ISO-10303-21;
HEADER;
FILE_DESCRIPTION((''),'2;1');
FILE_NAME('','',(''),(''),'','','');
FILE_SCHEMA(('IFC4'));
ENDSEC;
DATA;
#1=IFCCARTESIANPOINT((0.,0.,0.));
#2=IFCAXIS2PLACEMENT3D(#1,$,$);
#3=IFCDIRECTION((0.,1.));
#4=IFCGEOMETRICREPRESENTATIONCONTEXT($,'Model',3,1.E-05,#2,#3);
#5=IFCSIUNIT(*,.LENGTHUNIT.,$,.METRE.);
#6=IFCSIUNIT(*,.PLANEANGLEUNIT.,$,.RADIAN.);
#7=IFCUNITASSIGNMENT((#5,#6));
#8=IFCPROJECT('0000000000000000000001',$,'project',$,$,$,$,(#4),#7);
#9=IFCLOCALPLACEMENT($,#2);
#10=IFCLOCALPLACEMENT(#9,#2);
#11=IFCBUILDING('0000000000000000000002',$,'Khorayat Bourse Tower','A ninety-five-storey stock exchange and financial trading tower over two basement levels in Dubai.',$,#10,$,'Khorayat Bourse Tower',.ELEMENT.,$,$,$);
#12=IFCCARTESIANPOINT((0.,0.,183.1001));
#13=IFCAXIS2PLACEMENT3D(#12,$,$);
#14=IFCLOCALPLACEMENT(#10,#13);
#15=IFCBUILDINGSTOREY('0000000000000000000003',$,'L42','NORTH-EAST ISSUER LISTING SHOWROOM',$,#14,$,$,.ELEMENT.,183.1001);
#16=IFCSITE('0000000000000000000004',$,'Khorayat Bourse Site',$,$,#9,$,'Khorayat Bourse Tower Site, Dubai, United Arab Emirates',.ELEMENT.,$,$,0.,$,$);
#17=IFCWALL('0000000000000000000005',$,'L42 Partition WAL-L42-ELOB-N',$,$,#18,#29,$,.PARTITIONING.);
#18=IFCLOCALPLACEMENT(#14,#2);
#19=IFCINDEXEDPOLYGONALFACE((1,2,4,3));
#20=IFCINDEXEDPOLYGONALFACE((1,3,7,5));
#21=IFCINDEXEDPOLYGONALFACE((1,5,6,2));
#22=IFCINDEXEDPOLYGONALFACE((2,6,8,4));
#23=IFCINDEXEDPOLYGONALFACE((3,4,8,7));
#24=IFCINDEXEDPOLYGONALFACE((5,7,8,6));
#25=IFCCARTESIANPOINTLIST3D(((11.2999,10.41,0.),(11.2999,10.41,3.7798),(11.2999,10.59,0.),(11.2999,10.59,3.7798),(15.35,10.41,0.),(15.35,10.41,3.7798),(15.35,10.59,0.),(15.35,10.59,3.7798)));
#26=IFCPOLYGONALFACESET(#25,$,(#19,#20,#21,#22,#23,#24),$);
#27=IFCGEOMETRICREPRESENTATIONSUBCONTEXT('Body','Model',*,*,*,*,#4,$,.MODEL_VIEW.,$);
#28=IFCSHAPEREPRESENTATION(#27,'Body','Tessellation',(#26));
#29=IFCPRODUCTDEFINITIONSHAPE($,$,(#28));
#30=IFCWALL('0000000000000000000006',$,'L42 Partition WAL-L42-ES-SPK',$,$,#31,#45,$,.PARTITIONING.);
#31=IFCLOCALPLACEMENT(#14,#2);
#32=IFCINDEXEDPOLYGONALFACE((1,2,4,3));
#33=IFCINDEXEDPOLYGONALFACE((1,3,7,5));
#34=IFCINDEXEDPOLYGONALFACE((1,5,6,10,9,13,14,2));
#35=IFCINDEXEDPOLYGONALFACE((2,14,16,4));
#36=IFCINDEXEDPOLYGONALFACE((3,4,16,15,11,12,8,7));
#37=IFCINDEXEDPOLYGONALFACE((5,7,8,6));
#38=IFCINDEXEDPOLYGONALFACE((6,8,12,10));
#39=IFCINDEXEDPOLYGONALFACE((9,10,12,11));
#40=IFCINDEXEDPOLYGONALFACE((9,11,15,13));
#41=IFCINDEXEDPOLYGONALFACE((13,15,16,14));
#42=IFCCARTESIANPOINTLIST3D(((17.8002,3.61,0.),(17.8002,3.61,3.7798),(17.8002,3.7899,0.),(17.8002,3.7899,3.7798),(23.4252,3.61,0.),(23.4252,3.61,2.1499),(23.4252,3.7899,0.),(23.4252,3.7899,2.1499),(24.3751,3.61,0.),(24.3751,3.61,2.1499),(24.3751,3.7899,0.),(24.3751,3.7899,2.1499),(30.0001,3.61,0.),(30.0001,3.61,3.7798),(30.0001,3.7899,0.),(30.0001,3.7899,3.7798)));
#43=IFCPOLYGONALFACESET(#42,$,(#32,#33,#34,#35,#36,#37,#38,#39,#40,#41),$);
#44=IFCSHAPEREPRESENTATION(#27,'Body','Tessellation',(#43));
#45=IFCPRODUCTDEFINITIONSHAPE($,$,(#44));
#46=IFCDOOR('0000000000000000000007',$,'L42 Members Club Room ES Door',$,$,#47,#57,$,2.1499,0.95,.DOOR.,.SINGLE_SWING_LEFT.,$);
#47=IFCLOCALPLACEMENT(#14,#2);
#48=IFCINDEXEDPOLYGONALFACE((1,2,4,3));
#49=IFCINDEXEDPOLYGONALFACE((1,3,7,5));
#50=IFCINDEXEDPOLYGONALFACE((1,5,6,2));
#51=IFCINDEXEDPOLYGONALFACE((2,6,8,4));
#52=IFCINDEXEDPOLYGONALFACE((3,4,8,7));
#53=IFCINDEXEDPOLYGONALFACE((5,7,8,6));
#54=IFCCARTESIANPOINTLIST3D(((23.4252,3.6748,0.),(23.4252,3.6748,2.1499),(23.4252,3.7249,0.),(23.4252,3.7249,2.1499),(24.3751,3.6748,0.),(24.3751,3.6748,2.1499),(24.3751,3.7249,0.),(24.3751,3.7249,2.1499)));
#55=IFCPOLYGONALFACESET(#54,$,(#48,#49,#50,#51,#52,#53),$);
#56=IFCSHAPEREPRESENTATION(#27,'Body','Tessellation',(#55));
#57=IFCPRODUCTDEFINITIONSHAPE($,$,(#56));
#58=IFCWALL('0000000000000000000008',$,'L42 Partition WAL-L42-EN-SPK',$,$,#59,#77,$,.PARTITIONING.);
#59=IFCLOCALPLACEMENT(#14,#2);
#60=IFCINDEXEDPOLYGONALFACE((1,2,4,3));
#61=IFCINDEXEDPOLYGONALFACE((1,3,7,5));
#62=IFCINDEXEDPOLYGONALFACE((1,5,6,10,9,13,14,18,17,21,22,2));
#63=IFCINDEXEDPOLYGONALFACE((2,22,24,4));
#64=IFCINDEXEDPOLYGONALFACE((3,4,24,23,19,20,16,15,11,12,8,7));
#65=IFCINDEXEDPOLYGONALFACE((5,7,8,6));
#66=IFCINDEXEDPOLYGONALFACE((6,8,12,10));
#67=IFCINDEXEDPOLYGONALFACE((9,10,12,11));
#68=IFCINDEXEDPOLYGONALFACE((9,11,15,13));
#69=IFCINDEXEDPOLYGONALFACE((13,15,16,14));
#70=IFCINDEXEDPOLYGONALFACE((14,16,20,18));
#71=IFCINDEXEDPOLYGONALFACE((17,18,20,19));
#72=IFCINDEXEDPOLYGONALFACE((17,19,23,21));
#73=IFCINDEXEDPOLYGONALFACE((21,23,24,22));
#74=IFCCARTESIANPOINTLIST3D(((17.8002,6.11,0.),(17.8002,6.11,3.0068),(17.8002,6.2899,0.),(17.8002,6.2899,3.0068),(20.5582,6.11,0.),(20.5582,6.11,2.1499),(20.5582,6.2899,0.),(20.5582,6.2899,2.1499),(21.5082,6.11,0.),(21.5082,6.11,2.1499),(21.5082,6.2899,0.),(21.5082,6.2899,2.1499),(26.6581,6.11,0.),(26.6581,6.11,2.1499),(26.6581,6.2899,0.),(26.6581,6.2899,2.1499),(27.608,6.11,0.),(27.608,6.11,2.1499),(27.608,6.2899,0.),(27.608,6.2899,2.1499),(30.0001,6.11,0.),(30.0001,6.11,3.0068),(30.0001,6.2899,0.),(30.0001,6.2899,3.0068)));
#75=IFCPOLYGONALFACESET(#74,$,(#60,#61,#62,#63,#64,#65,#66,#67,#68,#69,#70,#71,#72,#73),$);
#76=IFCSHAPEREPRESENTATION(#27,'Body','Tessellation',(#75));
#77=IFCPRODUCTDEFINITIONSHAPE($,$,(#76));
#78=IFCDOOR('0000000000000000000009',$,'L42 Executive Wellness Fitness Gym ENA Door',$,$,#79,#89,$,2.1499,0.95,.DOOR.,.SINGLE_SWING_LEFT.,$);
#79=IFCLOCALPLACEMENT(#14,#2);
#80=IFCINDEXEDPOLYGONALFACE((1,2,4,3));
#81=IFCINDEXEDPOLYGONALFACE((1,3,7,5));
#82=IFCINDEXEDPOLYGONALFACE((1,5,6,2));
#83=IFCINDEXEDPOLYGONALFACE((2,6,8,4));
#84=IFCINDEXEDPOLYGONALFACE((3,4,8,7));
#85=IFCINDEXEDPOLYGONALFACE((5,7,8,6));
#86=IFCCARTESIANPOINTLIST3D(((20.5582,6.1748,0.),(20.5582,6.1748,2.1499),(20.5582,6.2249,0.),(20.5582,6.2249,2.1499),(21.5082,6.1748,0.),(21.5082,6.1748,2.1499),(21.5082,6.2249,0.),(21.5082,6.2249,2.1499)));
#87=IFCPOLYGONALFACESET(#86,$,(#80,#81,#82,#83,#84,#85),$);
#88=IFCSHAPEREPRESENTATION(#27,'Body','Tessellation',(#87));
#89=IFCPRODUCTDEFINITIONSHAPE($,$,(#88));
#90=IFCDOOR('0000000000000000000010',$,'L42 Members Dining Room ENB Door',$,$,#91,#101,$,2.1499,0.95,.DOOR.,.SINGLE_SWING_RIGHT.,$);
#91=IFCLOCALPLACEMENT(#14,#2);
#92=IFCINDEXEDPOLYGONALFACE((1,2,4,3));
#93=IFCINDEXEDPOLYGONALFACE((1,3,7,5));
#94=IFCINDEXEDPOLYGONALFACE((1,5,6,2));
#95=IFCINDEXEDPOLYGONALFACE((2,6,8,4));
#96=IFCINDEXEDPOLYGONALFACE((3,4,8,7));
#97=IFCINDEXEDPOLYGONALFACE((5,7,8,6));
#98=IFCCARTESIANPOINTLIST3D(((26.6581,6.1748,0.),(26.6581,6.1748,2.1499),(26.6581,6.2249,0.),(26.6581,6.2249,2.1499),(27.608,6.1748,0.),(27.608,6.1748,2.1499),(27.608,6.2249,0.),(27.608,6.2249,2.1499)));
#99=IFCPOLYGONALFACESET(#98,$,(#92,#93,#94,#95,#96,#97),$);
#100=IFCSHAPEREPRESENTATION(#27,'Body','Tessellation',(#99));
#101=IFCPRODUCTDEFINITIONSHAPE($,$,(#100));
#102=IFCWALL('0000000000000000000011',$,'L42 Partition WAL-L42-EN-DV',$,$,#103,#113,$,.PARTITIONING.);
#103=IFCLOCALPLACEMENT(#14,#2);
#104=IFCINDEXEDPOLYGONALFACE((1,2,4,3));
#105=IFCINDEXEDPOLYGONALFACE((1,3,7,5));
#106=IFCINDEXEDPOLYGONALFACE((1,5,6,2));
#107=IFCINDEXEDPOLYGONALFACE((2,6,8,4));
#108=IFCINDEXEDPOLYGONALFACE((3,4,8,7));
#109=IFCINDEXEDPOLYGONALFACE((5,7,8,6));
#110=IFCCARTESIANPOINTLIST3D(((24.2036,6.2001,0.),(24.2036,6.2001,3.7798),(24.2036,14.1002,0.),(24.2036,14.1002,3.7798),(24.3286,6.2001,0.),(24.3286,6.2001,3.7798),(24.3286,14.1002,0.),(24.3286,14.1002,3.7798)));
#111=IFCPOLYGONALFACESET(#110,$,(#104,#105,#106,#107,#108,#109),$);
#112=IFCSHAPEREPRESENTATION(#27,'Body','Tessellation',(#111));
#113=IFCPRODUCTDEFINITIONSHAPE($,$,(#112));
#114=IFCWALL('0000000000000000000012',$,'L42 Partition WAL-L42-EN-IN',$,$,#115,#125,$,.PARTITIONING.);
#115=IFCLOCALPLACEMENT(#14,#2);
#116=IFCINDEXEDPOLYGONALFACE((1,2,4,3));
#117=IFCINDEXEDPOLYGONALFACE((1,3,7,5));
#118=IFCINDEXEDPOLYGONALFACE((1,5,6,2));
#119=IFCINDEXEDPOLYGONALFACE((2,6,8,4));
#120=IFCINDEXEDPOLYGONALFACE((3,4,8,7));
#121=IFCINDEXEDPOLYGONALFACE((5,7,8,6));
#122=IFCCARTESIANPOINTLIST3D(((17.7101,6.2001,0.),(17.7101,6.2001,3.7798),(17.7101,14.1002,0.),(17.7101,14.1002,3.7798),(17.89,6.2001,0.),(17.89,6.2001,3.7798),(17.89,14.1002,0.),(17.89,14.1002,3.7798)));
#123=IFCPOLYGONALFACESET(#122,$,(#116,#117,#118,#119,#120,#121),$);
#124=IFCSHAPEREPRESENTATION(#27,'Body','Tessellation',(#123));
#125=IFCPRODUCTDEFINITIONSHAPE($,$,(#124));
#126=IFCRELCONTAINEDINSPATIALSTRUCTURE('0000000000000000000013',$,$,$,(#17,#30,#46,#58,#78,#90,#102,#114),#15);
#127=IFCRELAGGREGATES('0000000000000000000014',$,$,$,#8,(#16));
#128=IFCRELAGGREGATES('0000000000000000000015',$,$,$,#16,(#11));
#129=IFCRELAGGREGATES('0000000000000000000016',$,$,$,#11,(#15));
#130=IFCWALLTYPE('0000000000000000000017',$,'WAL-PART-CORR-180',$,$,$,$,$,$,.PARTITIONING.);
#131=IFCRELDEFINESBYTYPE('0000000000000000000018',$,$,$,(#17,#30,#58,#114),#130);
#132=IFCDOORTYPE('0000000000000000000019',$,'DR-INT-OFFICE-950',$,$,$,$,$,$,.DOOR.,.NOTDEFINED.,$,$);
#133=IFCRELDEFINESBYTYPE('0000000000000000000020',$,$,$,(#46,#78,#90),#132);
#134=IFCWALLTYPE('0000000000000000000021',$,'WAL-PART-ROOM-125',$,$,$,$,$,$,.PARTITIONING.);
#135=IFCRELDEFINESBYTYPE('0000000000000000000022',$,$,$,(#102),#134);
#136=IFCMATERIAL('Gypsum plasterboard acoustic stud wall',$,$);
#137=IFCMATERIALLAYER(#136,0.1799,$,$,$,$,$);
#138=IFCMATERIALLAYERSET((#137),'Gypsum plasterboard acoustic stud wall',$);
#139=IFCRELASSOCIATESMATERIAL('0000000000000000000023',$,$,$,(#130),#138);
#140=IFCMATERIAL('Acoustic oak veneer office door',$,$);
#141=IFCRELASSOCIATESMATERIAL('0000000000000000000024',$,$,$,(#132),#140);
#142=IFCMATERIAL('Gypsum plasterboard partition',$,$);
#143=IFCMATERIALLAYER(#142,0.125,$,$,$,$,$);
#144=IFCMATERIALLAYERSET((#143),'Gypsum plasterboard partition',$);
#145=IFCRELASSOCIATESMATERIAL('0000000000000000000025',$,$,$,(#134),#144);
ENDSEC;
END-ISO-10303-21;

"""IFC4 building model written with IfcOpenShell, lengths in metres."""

from ifc_helpers import new_model, si_unit, direction, frame, frame_2d, origin, place, context, subcontext, project, spatial, rectangle, extrude, source, transform, mapped, material, layer, layer_set, type_object, element, fill, save


model = new_model("IFC4")

# Units and contexts
model_context = context("Model", 3, precision=1e-05, world=origin(), true_north=direction((0.0, 1.0)))
body_context = subcontext(model_context, "Body", "Model", "MODEL_VIEW")
ifc_project = project(units=[si_unit("LENGTHUNIT", "METRE"), si_unit("PLANEANGLEUNIT", "RADIAN")], contexts=[model_context])

# Site, building, storey
site_placement = place(None, origin())
site = spatial("IfcSite", under=ifc_project, at=site_placement, Name="Khorayat Bourse Site", LongName="Khorayat Bourse Tower Site, Dubai, United Arab Emirates", CompositionType="ELEMENT", RefElevation=0.0)
building_placement = place(site_placement, origin())
building = spatial("IfcBuilding", under=site, at=building_placement, Name="Khorayat Bourse Tower", Description="A ninety-five-storey stock exchange and financial trading tower over two basement levels in Dubai.", LongName="Khorayat Bourse Tower", CompositionType="ELEMENT")
storey_placement = place(building_placement, frame((0.0, 0.0, 183.1001)))
storey = spatial("IfcBuildingStorey", under=building, at=storey_placement, Name="L42", Description="NORTH-EAST ISSUER LISTING SHOWROOM", CompositionType="ELEMENT", Elevation=183.1001)

# Wall
ifc_material_1 = material(Name="Gypsum plasterboard acoustic stud wall")
ifc_layer_1 = layer(ifc_material_1, 0.1799)
ifc_layer_set_1 = layer_set([ifc_layer_1], Name="Gypsum plasterboard acoustic stud wall")
wall_type_1 = type_object("IfcWallType", Name="WAL-PART-CORR-180", PredefinedType="PARTITIONING", material=ifc_layer_set_1)
shared_shape_1 = source(origin(), body_context, "Body", "SweptSolid", [
    extrude(rectangle(XDim=4.05, YDim=0.1799, at=frame_2d((2.0249, 0.0))), origin(), (0.0, 0.0, 1.0), 3.7798),
])
wall_1_placement = place(storey_placement, frame((11.3, 10.5, 0.0), z_axis=(0.0, 0.0, 1.0), x_axis=(1.0, 0.0, 0.0)))
element("IfcWall", 1, at=wall_1_placement, inside=storey, type_object=wall_type_1, Name="L42 Partition WAL-L42-ELOB-N", PredefinedType="PARTITIONING", context=body_context, shape_type="MappedRepresentation", body=[
    mapped(shared_shape_1, transform((0.0, 0.0, 0.0), scale=1.0)),
])

# Wall, opening, door
shared_shape_2 = source(origin(), body_context, "Body", "SweptSolid", [
    extrude(rectangle(XDim=12.2, YDim=0.1799, at=frame_2d((6.1001, 0.0))), origin(), (0.0, 0.0, 1.0), 3.7798),
])
wall_2_placement = place(storey_placement, frame((17.8, 3.7, 0.0), z_axis=(0.0, 0.0, 1.0), x_axis=(1.0, 0.0, 0.0)))
wall_2 = element("IfcWall", 2, at=wall_2_placement, inside=storey, type_object=wall_type_1, Name="L42 Partition WAL-L42-ES-SPK", PredefinedType="PARTITIONING", context=body_context, shape_type="MappedRepresentation", body=[
    mapped(shared_shape_2, transform((0.0, 0.0, 0.0), scale=1.0)),
])
shared_shape_3 = source(origin(), body_context, "Body", "SweptSolid", [
    extrude(rectangle(XDim=0.95, YDim=2.1499, at=frame_2d((0.4751, 1.075))), frame((0.0, 0.0999, 0.0), z_axis=(0.0, -1.0, 0.0), x_axis=(1.0, 0.0, 0.0)), (0.0, 0.0, 1.0), 0.2),
])
opening_1_placement = place(wall_2_placement, frame((5.625, 0.0, 0.0)))
opening_1 = element("IfcOpeningElement", 3, at=opening_1_placement, cuts=wall_2, PredefinedType="OPENING", context=body_context, shape_type="MappedRepresentation", body=[
    mapped(shared_shape_3, transform((0.0, 0.0, 0.0), scale=1.0)),
])
ifc_material_2 = material(Name="Acoustic oak veneer office door")
door_type = type_object("IfcDoorType", Name="DR-INT-OFFICE-950", OperationType="NOTDEFINED", PredefinedType="DOOR", material=ifc_material_2)
shared_shape_4 = source(origin(), body_context, "Body", "SweptSolid", [
    extrude(rectangle(XDim=0.95, YDim=2.1499, at=frame_2d((0.4751, 1.075))), frame((0.0, 0.0249, 0.0), z_axis=(0.0, -1.0, 0.0), x_axis=(1.0, 0.0, 0.0)), (0.0, 0.0, 1.0), 0.05),
])
door_1_placement = place(opening_1_placement, origin())
door_1 = element("IfcDoor", 4, at=door_1_placement, inside=storey, type_object=door_type, Name="L42 Members Club Room ES Door", OperationType="SINGLE_SWING_LEFT", OverallHeight=2.1499, OverallWidth=0.95, PredefinedType="DOOR", context=body_context, shape_type="MappedRepresentation", body=[
    mapped(shared_shape_4, transform((0.0, 0.0, 0.0), scale=1.0)),
])
fill(opening_1, door_1)

# Wall, openings, doors
shared_shape_5 = source(origin(), body_context, "Body", "SweptSolid", [
    extrude(rectangle(XDim=12.2, YDim=0.1799, at=frame_2d((6.1001, 0.0))), origin(), (0.0, 0.0, 1.0), 3.0068),
])
wall_3_placement = place(storey_placement, frame((17.8, 6.2, 0.0), z_axis=(0.0, 0.0, 1.0), x_axis=(1.0, 0.0, 0.0)))
wall_3 = element("IfcWall", 5, at=wall_3_placement, inside=storey, type_object=wall_type_1, Name="L42 Partition WAL-L42-EN-SPK", PredefinedType="PARTITIONING", context=body_context, shape_type="MappedRepresentation", body=[
    mapped(shared_shape_5, transform((0.0, 0.0, 0.0), scale=1.0)),
])
opening_2_placement = place(wall_3_placement, frame((2.7581, 0.0, 0.0)))
opening_2 = element("IfcOpeningElement", 6, at=opening_2_placement, cuts=wall_3, PredefinedType="OPENING", context=body_context, shape_type="MappedRepresentation", body=[
    mapped(shared_shape_3, transform((0.0, 0.0, 0.0), scale=1.0)),
])
opening_3_placement = place(wall_3_placement, frame((8.8579, 0.0, 0.0)))
opening_3 = element("IfcOpeningElement", 7, at=opening_3_placement, cuts=wall_3, PredefinedType="OPENING", context=body_context, shape_type="MappedRepresentation", body=[
    mapped(shared_shape_3, transform((0.0, 0.0, 0.0), scale=1.0)),
])
door_2_placement = place(opening_2_placement, origin())
door_2 = element("IfcDoor", 8, at=door_2_placement, inside=storey, type_object=door_type, Name="L42 Executive Wellness Fitness Gym ENA Door", OperationType="SINGLE_SWING_LEFT", OverallHeight=2.1499, OverallWidth=0.95, PredefinedType="DOOR", context=body_context, shape_type="MappedRepresentation", body=[
    mapped(shared_shape_4, transform((0.0, 0.0, 0.0), scale=1.0)),
])
fill(opening_2, door_2)
door_3_placement = place(opening_3_placement, origin())
door_3 = element("IfcDoor", 9, at=door_3_placement, inside=storey, type_object=door_type, Name="L42 Members Dining Room ENB Door", OperationType="SINGLE_SWING_RIGHT", OverallHeight=2.1499, OverallWidth=0.95, PredefinedType="DOOR", context=body_context, shape_type="MappedRepresentation", body=[
    mapped(shared_shape_4, transform((0.0, 0.0, 0.0), scale=1.0)),
])
fill(opening_3, door_3)

# Walls
ifc_material_3 = material(Name="Gypsum plasterboard partition")
ifc_layer_2 = layer(ifc_material_3, 0.125)
ifc_layer_set_2 = layer_set([ifc_layer_2], Name="Gypsum plasterboard partition")
wall_type_2 = type_object("IfcWallType", Name="WAL-PART-ROOM-125", PredefinedType="PARTITIONING", material=ifc_layer_set_2)
shared_shape_6 = source(origin(), body_context, "Body", "SweptSolid", [
    extrude(rectangle(XDim=7.9001, YDim=0.125, at=frame_2d((3.9502, 0.0))), origin(), (0.0, 0.0, 1.0), 3.7798),
])
wall_4_placement = place(storey_placement, frame((24.2661, 6.2, 0.0), z_axis=(0.0, 0.0, 1.0), x_axis=(0.0, 1.0, 0.0)))
element("IfcWall", 10, at=wall_4_placement, inside=storey, type_object=wall_type_2, Name="L42 Partition WAL-L42-EN-DV", PredefinedType="PARTITIONING", context=body_context, shape_type="MappedRepresentation", body=[
    mapped(shared_shape_6, transform((0.0, 0.0, 0.0), scale=1.0)),
])
shared_shape_7 = source(origin(), body_context, "Body", "SweptSolid", [
    extrude(rectangle(XDim=7.9001, YDim=0.1799, at=frame_2d((3.9502, 0.0))), origin(), (0.0, 0.0, 1.0), 3.7798),
])
wall_5_placement = place(storey_placement, frame((17.8, 6.2, 0.0), z_axis=(0.0, 0.0, 1.0), x_axis=(0.0, 1.0, 0.0)))
element("IfcWall", 11, at=wall_5_placement, inside=storey, type_object=wall_type_1, Name="L42 Partition WAL-L42-EN-IN", PredefinedType="PARTITIONING", context=body_context, shape_type="MappedRepresentation", body=[
    mapped(shared_shape_7, transform((0.0, 0.0, 0.0), scale=1.0)),
])

save(model, "model.ifc")
